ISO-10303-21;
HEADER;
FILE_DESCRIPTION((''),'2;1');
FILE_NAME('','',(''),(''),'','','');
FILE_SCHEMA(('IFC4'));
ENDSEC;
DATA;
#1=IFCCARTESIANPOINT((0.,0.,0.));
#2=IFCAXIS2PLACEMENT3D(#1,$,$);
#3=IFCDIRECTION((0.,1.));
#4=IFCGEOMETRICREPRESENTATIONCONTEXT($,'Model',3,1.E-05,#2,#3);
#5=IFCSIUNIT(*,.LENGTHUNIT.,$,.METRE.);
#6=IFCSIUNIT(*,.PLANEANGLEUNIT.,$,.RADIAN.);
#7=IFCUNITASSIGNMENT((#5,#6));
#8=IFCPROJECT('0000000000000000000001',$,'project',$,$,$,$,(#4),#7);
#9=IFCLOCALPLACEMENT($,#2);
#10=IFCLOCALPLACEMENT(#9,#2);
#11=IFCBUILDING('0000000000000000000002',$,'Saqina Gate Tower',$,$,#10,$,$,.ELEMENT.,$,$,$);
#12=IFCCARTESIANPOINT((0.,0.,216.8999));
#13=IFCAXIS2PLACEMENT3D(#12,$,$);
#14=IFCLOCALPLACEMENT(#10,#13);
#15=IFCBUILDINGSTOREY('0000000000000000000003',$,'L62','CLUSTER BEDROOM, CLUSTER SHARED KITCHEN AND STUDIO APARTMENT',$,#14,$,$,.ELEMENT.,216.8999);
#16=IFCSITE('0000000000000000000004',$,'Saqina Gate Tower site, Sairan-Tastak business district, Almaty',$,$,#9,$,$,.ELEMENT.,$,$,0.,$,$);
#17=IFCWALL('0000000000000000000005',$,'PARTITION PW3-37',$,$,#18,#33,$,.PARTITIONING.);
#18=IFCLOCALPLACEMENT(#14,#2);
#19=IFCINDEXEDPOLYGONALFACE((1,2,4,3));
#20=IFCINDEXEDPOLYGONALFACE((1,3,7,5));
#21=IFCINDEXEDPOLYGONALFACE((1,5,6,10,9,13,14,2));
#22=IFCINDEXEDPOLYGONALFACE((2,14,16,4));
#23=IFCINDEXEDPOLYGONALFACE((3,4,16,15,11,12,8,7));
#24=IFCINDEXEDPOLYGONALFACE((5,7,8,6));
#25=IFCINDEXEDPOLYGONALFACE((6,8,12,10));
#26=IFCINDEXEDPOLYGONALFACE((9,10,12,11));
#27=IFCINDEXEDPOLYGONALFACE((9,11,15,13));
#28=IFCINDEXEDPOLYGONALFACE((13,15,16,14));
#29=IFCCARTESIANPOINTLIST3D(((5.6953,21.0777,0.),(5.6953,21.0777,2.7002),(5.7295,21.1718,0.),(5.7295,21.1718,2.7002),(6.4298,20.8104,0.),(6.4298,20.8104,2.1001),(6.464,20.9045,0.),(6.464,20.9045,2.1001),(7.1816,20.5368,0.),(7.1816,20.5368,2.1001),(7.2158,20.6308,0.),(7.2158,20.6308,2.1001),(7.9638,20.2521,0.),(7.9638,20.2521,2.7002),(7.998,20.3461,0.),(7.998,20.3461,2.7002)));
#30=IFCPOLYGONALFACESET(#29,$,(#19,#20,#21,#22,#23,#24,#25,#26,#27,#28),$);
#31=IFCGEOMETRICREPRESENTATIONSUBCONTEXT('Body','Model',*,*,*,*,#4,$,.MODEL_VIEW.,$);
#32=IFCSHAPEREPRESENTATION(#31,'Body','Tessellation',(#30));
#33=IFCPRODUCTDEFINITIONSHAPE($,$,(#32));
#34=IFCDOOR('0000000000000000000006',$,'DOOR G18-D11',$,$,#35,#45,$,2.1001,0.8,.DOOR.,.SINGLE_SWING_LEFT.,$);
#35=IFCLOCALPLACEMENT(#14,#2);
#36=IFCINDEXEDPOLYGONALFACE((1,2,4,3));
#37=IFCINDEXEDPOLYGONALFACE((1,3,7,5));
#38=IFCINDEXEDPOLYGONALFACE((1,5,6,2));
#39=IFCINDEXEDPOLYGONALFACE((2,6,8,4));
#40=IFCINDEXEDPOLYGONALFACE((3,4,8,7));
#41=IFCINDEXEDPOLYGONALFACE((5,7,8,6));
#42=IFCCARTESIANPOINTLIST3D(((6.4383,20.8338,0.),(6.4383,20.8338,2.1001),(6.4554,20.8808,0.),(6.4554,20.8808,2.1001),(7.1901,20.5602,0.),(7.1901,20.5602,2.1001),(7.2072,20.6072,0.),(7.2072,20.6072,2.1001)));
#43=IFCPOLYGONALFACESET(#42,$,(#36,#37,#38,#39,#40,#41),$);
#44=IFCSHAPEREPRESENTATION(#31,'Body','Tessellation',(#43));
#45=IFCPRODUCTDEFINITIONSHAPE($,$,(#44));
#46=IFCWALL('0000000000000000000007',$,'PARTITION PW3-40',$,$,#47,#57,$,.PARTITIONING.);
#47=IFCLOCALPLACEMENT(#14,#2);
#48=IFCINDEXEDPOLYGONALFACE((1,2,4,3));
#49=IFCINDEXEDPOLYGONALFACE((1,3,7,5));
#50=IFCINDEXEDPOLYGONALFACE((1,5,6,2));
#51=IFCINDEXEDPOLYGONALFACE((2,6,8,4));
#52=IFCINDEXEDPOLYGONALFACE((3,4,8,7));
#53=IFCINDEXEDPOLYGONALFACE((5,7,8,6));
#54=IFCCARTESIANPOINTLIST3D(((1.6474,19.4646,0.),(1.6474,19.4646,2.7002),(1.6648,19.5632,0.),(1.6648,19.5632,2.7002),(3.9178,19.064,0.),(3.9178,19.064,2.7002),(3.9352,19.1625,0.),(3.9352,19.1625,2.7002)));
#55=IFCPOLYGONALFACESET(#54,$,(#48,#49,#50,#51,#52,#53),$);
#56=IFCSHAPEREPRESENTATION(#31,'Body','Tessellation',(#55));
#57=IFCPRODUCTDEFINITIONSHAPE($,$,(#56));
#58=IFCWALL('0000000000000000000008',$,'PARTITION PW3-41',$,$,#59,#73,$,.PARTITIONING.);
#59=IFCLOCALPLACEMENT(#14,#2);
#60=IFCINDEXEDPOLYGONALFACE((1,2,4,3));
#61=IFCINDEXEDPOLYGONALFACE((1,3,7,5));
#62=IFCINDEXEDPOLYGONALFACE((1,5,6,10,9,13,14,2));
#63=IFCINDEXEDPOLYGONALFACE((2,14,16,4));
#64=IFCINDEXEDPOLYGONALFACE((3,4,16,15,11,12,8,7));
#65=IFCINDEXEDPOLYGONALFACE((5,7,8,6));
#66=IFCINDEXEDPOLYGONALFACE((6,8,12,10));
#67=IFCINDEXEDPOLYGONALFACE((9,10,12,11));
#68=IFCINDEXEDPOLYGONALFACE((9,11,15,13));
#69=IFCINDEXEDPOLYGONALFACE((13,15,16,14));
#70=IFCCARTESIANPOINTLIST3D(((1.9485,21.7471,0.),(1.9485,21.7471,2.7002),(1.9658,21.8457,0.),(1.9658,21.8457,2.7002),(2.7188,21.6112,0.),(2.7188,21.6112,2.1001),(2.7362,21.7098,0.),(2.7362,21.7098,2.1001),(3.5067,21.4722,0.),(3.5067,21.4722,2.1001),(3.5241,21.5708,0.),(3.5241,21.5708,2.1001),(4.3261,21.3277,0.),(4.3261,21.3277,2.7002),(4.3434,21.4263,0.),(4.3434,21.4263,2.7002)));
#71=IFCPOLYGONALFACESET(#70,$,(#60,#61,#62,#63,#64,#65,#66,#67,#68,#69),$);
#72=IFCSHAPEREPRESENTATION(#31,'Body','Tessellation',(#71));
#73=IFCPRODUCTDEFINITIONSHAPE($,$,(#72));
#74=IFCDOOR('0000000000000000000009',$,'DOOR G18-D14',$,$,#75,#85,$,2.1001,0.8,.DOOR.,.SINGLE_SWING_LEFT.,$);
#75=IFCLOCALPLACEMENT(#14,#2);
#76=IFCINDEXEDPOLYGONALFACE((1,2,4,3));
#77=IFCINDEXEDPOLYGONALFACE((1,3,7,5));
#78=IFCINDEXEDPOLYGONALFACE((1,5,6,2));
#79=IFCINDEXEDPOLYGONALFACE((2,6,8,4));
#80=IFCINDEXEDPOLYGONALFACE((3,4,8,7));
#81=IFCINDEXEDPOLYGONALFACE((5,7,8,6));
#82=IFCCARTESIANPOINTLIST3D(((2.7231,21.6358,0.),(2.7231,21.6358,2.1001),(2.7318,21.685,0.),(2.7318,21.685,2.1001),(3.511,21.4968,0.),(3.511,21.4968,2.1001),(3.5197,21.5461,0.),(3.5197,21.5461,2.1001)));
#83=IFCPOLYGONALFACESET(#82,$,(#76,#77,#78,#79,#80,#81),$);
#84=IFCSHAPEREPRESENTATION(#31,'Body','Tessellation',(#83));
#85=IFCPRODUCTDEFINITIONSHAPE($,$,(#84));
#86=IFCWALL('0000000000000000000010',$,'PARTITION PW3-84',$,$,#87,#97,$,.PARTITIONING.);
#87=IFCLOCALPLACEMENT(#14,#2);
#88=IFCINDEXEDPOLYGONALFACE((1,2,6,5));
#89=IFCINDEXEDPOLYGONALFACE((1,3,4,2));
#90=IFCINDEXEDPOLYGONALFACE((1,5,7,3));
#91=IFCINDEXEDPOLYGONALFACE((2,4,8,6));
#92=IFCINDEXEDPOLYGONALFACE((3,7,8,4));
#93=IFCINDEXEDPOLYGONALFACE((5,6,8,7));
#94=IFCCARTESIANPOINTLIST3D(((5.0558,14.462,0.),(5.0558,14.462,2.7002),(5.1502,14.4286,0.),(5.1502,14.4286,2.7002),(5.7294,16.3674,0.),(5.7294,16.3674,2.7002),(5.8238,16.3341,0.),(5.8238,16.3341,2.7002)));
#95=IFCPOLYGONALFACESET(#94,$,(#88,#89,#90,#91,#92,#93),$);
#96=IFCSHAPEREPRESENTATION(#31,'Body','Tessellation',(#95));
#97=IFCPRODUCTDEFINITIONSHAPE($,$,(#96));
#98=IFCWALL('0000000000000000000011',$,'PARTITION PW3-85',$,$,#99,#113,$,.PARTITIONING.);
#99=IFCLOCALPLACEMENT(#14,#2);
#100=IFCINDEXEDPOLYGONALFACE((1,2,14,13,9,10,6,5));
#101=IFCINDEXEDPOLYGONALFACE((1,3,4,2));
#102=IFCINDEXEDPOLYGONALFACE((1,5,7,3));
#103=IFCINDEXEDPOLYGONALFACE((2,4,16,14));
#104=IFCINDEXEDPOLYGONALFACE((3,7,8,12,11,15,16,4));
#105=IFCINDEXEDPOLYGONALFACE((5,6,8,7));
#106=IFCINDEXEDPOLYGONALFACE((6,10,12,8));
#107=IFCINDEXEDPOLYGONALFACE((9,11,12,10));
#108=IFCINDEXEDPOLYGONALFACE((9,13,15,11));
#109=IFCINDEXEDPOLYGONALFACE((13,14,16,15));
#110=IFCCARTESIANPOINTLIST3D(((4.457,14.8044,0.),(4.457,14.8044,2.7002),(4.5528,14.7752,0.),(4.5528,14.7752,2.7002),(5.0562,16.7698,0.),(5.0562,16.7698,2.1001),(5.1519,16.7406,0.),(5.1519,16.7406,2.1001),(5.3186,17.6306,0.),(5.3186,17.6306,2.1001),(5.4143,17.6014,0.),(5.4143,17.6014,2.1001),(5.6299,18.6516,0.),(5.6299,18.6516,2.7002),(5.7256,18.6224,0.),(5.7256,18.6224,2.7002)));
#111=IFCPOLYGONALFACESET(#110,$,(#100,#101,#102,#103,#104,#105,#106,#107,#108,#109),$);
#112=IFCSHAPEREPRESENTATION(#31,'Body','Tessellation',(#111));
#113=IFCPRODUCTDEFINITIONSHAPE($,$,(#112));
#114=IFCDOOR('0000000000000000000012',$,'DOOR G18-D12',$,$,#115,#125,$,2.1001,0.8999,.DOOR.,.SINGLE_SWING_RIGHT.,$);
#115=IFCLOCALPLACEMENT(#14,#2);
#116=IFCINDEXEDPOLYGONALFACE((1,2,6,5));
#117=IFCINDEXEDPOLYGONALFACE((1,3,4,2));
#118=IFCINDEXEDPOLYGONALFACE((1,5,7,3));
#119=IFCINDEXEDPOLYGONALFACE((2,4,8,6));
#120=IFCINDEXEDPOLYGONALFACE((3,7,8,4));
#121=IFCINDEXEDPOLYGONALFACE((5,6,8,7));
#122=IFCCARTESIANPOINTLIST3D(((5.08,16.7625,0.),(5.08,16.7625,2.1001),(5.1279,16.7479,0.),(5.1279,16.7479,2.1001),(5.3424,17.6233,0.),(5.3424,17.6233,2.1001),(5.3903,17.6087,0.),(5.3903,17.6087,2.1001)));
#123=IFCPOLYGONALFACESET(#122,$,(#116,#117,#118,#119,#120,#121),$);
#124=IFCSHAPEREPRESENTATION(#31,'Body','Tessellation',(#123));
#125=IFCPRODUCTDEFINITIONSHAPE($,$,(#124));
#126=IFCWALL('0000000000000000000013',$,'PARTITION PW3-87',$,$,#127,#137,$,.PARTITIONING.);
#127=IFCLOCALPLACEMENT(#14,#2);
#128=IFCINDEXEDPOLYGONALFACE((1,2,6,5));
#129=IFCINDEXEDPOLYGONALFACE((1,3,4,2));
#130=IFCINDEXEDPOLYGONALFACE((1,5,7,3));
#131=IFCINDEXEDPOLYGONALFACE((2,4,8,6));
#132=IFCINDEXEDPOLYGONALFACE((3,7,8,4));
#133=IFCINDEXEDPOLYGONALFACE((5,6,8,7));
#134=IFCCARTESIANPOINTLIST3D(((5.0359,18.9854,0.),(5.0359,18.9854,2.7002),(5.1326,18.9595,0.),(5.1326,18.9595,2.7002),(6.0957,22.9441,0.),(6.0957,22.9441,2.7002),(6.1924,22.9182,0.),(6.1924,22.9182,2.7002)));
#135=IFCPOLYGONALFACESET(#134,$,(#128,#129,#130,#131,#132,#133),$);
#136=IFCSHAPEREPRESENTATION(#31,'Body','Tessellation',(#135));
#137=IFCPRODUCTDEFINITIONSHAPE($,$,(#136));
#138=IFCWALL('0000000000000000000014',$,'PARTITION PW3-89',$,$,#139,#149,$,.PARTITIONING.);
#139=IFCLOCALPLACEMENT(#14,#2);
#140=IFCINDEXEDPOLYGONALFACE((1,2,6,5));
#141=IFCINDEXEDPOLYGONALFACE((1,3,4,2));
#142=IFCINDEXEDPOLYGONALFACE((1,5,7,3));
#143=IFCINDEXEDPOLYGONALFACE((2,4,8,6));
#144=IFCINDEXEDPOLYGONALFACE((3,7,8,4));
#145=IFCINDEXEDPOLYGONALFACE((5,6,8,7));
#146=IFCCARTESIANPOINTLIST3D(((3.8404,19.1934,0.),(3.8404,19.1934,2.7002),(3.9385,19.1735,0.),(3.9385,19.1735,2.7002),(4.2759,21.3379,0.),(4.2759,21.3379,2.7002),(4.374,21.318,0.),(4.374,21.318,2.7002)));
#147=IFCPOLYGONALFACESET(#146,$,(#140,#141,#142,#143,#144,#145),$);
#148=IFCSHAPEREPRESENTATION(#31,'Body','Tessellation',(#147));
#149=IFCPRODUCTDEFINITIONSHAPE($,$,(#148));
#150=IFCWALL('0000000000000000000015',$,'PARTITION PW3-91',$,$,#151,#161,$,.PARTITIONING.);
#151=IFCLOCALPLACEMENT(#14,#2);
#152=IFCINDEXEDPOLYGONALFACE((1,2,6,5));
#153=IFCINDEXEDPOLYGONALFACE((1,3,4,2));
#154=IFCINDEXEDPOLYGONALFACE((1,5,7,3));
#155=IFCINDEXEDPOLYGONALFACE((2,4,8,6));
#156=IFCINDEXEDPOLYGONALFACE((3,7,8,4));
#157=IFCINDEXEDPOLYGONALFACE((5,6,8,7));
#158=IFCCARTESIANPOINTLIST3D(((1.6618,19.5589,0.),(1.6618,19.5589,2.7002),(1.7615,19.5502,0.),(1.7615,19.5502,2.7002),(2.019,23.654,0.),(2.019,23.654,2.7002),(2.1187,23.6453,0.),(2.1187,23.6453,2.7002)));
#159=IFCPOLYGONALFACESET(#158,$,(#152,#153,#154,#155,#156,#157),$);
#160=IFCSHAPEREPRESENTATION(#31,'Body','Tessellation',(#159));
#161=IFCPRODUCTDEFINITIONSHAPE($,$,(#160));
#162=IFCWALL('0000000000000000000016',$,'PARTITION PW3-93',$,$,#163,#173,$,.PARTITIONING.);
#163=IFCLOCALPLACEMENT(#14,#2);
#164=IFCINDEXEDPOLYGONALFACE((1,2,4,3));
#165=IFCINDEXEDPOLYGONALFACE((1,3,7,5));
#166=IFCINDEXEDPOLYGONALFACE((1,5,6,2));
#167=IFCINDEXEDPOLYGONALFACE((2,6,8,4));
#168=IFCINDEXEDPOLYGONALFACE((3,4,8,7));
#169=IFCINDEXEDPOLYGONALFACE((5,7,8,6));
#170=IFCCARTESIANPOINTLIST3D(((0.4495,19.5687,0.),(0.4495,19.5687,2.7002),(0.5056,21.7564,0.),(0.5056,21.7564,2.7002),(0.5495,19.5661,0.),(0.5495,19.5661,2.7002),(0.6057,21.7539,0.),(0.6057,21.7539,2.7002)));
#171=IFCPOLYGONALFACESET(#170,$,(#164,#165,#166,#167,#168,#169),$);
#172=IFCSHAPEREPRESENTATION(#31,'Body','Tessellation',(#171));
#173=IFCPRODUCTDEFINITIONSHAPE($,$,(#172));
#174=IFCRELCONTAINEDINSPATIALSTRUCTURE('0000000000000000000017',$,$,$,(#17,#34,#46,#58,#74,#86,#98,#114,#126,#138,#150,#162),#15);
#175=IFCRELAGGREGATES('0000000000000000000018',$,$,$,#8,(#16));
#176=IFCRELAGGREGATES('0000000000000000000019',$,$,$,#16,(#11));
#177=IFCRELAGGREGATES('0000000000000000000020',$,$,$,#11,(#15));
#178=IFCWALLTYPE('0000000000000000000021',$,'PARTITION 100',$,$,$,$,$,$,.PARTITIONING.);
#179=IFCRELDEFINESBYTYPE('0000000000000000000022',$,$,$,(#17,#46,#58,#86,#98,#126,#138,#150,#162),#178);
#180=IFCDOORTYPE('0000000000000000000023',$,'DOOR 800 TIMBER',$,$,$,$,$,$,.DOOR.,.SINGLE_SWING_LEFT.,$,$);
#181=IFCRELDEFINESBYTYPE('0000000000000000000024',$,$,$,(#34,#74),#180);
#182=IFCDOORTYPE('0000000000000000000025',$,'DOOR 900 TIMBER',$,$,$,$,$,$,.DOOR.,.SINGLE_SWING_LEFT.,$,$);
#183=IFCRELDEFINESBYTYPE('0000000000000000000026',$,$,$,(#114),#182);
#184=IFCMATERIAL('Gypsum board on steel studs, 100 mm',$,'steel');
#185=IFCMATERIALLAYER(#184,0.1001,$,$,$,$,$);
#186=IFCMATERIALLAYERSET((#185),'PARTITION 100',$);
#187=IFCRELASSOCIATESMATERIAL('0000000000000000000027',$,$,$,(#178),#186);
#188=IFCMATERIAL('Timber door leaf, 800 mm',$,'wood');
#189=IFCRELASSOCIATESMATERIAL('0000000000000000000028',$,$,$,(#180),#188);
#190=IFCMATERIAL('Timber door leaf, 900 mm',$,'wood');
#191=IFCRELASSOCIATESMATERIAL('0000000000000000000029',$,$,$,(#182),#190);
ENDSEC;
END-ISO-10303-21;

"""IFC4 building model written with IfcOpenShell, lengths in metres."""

from ifc_helpers import new_model, si_unit, direction, frame, frame_2d, origin, place, context, subcontext, project, spatial, rectangle, extrude, material, layer, layer_set, type_object, element, fill, save


model = new_model("IFC4")

# Units and contexts
model_context = context("Model", 3, precision=1e-05, world=origin(), true_north=direction((0.0, 1.0)))
body_context = subcontext(model_context, "Body", "Model", "MODEL_VIEW")
ifc_project = project(units=[si_unit("LENGTHUNIT", "METRE"), si_unit("PLANEANGLEUNIT", "RADIAN")], contexts=[model_context])

# Site, building, storey
site_placement = place(None, origin())
site = spatial("IfcSite", under=ifc_project, at=site_placement, Name="Saqina Gate Tower site, Sairan-Tastak business district, Almaty", CompositionType="ELEMENT", RefElevation=0.0)
building_placement = place(site_placement, origin())
building = spatial("IfcBuilding", under=site, at=building_placement, Name="Saqina Gate Tower", CompositionType="ELEMENT")
storey_placement = place(building_placement, frame((0.0, 0.0, 216.8999)))
storey = spatial("IfcBuildingStorey", under=building, at=storey_placement, Name="L62", Description="CLUSTER BEDROOM, CLUSTER SHARED KITCHEN AND STUDIO APARTMENT", CompositionType="ELEMENT", Elevation=216.8999)

# Shared definitions
ifc_material_1 = material(Name="Gypsum board on steel studs, 100 mm", Category="steel")
ifc_layer_1 = layer(ifc_material_1, 0.1001)
ifc_layer_set_1 = layer_set([ifc_layer_1], Name="PARTITION 100")
wall_type_1 = type_object("IfcWallType", Name="PARTITION 100", PredefinedType="PARTITIONING", material=ifc_layer_set_1)
ifc_material_2 = material(Name="Timber door leaf, 800 mm", Category="wood")
door_type_1 = type_object("IfcDoorType", Name="DOOR 800 TIMBER", OperationType="SINGLE_SWING_LEFT", PredefinedType="DOOR", material=ifc_material_2)

# Wall, opening, door
wall_1_placement = place(storey_placement, frame((5.7124, 21.1248, 0.0), z_axis=(0.0, 0.0, 1.0), x_axis=(0.939693, -0.342019, 0.0)))
wall_1 = element("IfcWall", 1, at=wall_1_placement, inside=storey, type_object=wall_type_1, Name="PARTITION PW3-37", PredefinedType="PARTITIONING", context=body_context, shape_type="SweptSolid", body=[
    extrude(rectangle(XDim=2.4141, YDim=0.1001, at=frame_2d((1.207, 0.0))), origin(), (0.0, 0.0, 1.0), 2.7002),
])
opening_1_placement = place(wall_1_placement, frame((0.7817, 0.0, 0.0)))
opening_1 = element("IfcOpeningElement", 2, at=opening_1_placement, cuts=wall_1, PredefinedType="OPENING", context=body_context, shape_type="SweptSolid", body=[
    extrude(rectangle(XDim=0.8, YDim=2.1001, at=frame_2d((0.3999, 1.05))), frame((0.0, 0.062, 0.0), z_axis=(0.0, -1.0, 0.0), x_axis=(1.0, 0.0, 0.0)), (0.0, 0.0, 1.0), 0.124),
])
door_1_placement = place(opening_1_placement, origin())
door_1 = element("IfcDoor", 3, at=door_1_placement, inside=storey, type_object=door_type_1, Name="DOOR G18-D11", OperationType="SINGLE_SWING_LEFT", OverallHeight=2.1001, OverallWidth=0.8, PredefinedType="DOOR", context=body_context, shape_type="SweptSolid", body=[
    extrude(rectangle(XDim=0.8, YDim=2.1001, at=frame_2d((0.3999, 1.05))), frame((0.0, 0.0249, 0.0), z_axis=(0.0, -1.0, 0.0), x_axis=(1.0, 0.0, 0.0)), (0.0, 0.0, 1.0), 0.05),
])
fill(opening_1, door_1)

# Wall
wall_2_placement = place(storey_placement, frame((1.656, 19.5139, 0.0), z_axis=(0.0, 0.0, 1.0), x_axis=(0.984784, -0.173785, 0.0)))
element("IfcWall", 4, at=wall_2_placement, inside=storey, type_object=wall_type_1, Name="PARTITION PW3-40", PredefinedType="PARTITIONING", context=body_context, shape_type="SweptSolid", body=[
    extrude(rectangle(XDim=2.3054, YDim=0.1001, at=frame_2d((1.1528, 0.0))), origin(), (0.0, 0.0, 1.0), 2.7002),
])

# Wall, opening, door
wall_3_placement = place(storey_placement, frame((1.9573, 21.7964, 0.0), z_axis=(0.0, 0.0, 1.0), x_axis=(0.984795, -0.173722, 0.0)))
wall_3 = element("IfcWall", 5, at=wall_3_placement, inside=storey, type_object=wall_type_1, Name="PARTITION PW3-41", PredefinedType="PARTITIONING", context=body_context, shape_type="SweptSolid", body=[
    extrude(rectangle(XDim=2.4143, YDim=0.1001, at=frame_2d((1.207, 0.0))), origin(), (0.0, 0.0, 1.0), 2.7002),
])
opening_2_placement = place(wall_3_placement, frame((0.7822, 0.0, 0.0)))
opening_2 = element("IfcOpeningElement", 6, at=opening_2_placement, cuts=wall_3, PredefinedType="OPENING", context=body_context, shape_type="SweptSolid", body=[
    extrude(rectangle(XDim=0.8, YDim=2.1001, at=frame_2d((0.3999, 1.05))), frame((0.0, 0.062, 0.0), z_axis=(0.0, -1.0, 0.0), x_axis=(1.0, 0.0, 0.0)), (0.0, 0.0, 1.0), 0.124),
])
door_2_placement = place(opening_2_placement, origin())
door_2 = element("IfcDoor", 7, at=door_2_placement, inside=storey, type_object=door_type_1, Name="DOOR G18-D14", OperationType="SINGLE_SWING_LEFT", OverallHeight=2.1001, OverallWidth=0.8, PredefinedType="DOOR", context=body_context, shape_type="SweptSolid", body=[
    extrude(rectangle(XDim=0.8, YDim=2.1001, at=frame_2d((0.3999, 1.05))), frame((0.0, 0.0249, 0.0), z_axis=(0.0, -1.0, 0.0), x_axis=(1.0, 0.0, 0.0)), (0.0, 0.0, 1.0), 0.05),
])
fill(opening_2, door_2)

# Wall
wall_4_placement = place(storey_placement, frame((5.103, 14.4453, 0.0), z_axis=(0.0, 0.0, 1.0), x_axis=(0.333281, 0.942827, 0.0)))
element("IfcWall", 8, at=wall_4_placement, inside=storey, type_object=wall_type_1, Name="PARTITION PW3-84", PredefinedType="PARTITIONING", context=body_context, shape_type="SweptSolid", body=[
    extrude(rectangle(XDim=2.021, YDim=0.1001, at=frame_2d((1.0105, 0.0))), origin(), (0.0, 0.0, 1.0), 2.7002),
])

# Wall, opening, door
wall_5_placement = place(storey_placement, frame((4.5049, 14.7898, 0.0), z_axis=(0.0, 0.0, 1.0), x_axis=(0.291611, 0.956537, 0.0)))
wall_5 = element("IfcWall", 9, at=wall_5_placement, inside=storey, type_object=wall_type_1, Name="PARTITION PW3-85", PredefinedType="PARTITIONING", context=body_context, shape_type="SweptSolid", body=[
    extrude(rectangle(XDim=4.022, YDim=0.1001, at=frame_2d((2.011, 0.0))), origin(), (0.0, 0.0, 1.0), 2.7002),
])
opening_3_placement = place(wall_5_placement, frame((2.0547, 0.0, 0.0)))
opening_3 = element("IfcOpeningElement", 10, at=opening_3_placement, cuts=wall_5, PredefinedType="OPENING", context=body_context, shape_type="SweptSolid", body=[
    extrude(rectangle(XDim=0.8999, YDim=2.1001, at=frame_2d((0.45, 1.05))), frame((0.0, 0.062, 0.0), z_axis=(0.0, -1.0, 0.0), x_axis=(1.0, 0.0, 0.0)), (0.0, 0.0, 1.0), 0.124),
])
ifc_material_3 = material(Name="Timber door leaf, 900 mm", Category="wood")
door_type_2 = type_object("IfcDoorType", Name="DOOR 900 TIMBER", OperationType="SINGLE_SWING_LEFT", PredefinedType="DOOR", material=ifc_material_3)
door_3_placement = place(opening_3_placement, frame((0.8999, 0.0, 0.0), z_axis=(0.0, 0.0, 1.0), x_axis=(-1.0, 0.0, 0.0)))
door_3 = element("IfcDoor", 11, at=door_3_placement, inside=storey, type_object=door_type_2, Name="DOOR G18-D12", OperationType="SINGLE_SWING_RIGHT", OverallHeight=2.1001, OverallWidth=0.8999, PredefinedType="DOOR", context=body_context, shape_type="SweptSolid", body=[
    extrude(rectangle(XDim=0.8999, YDim=2.1001, at=frame_2d((0.45, 1.05))), frame((0.0, 0.0249, 0.0), z_axis=(0.0, -1.0, 0.0), x_axis=(1.0, 0.0, 0.0)), (0.0, 0.0, 1.0), 0.05),
])
fill(opening_3, door_3)

# Walls
wall_6_placement = place(storey_placement, frame((5.0842, 18.9724, 0.0), z_axis=(0.0, 0.0, 1.0), x_axis=(0.258608, 0.965982, 0.0)))
element("IfcWall", 12, at=wall_6_placement, inside=storey, type_object=wall_type_1, Name="PARTITION PW3-87", PredefinedType="PARTITIONING", context=body_context, shape_type="SweptSolid", body=[
    extrude(rectangle(XDim=4.0981, YDim=0.1001, at=frame_2d((2.0491, 0.0))), origin(), (0.0, 0.0, 1.0), 2.7002),
])
wall_7_placement = place(storey_placement, frame((3.8894, 19.1833, 0.0), z_axis=(0.0, 0.0, 1.0), x_axis=(0.199033, 0.979993, 0.0)))
element("IfcWall", 13, at=wall_7_placement, inside=storey, type_object=wall_type_1, Name="PARTITION PW3-89", PredefinedType="PARTITIONING", context=body_context, shape_type="SweptSolid", body=[
    extrude(rectangle(XDim=2.1882, YDim=0.1001, at=frame_2d((1.0942, 0.0))), origin(), (0.0, 0.0, 1.0), 2.7002),
])
wall_8_placement = place(storey_placement, frame((1.7117, 19.5547, 0.0), z_axis=(0.0, 0.0, 1.0), x_axis=(0.086894, 0.996218, 0.0)))
element("IfcWall", 14, at=wall_8_placement, inside=storey, type_object=wall_type_1, Name="PARTITION PW3-91", PredefinedType="PARTITIONING", context=body_context, shape_type="SweptSolid", body=[
    extrude(rectangle(XDim=4.1106, YDim=0.1001, at=frame_2d((2.0552, 0.0))), origin(), (0.0, 0.0, 1.0), 2.7002),
])
wall_9_placement = place(storey_placement, frame((0.4995, 19.5674, 0.0), z_axis=(0.0, 0.0, 1.0), x_axis=(0.025658, 0.999671, 0.0)))
element("IfcWall", 15, at=wall_9_placement, inside=storey, type_object=wall_type_1, Name="PARTITION PW3-93", PredefinedType="PARTITIONING", context=body_context, shape_type="SweptSolid", body=[
    extrude(rectangle(XDim=2.1885, YDim=0.1001, at=frame_2d((1.0942, 0.0))), origin(), (0.0, 0.0, 1.0), 2.7002),
])

save(model, "model.ifc")
